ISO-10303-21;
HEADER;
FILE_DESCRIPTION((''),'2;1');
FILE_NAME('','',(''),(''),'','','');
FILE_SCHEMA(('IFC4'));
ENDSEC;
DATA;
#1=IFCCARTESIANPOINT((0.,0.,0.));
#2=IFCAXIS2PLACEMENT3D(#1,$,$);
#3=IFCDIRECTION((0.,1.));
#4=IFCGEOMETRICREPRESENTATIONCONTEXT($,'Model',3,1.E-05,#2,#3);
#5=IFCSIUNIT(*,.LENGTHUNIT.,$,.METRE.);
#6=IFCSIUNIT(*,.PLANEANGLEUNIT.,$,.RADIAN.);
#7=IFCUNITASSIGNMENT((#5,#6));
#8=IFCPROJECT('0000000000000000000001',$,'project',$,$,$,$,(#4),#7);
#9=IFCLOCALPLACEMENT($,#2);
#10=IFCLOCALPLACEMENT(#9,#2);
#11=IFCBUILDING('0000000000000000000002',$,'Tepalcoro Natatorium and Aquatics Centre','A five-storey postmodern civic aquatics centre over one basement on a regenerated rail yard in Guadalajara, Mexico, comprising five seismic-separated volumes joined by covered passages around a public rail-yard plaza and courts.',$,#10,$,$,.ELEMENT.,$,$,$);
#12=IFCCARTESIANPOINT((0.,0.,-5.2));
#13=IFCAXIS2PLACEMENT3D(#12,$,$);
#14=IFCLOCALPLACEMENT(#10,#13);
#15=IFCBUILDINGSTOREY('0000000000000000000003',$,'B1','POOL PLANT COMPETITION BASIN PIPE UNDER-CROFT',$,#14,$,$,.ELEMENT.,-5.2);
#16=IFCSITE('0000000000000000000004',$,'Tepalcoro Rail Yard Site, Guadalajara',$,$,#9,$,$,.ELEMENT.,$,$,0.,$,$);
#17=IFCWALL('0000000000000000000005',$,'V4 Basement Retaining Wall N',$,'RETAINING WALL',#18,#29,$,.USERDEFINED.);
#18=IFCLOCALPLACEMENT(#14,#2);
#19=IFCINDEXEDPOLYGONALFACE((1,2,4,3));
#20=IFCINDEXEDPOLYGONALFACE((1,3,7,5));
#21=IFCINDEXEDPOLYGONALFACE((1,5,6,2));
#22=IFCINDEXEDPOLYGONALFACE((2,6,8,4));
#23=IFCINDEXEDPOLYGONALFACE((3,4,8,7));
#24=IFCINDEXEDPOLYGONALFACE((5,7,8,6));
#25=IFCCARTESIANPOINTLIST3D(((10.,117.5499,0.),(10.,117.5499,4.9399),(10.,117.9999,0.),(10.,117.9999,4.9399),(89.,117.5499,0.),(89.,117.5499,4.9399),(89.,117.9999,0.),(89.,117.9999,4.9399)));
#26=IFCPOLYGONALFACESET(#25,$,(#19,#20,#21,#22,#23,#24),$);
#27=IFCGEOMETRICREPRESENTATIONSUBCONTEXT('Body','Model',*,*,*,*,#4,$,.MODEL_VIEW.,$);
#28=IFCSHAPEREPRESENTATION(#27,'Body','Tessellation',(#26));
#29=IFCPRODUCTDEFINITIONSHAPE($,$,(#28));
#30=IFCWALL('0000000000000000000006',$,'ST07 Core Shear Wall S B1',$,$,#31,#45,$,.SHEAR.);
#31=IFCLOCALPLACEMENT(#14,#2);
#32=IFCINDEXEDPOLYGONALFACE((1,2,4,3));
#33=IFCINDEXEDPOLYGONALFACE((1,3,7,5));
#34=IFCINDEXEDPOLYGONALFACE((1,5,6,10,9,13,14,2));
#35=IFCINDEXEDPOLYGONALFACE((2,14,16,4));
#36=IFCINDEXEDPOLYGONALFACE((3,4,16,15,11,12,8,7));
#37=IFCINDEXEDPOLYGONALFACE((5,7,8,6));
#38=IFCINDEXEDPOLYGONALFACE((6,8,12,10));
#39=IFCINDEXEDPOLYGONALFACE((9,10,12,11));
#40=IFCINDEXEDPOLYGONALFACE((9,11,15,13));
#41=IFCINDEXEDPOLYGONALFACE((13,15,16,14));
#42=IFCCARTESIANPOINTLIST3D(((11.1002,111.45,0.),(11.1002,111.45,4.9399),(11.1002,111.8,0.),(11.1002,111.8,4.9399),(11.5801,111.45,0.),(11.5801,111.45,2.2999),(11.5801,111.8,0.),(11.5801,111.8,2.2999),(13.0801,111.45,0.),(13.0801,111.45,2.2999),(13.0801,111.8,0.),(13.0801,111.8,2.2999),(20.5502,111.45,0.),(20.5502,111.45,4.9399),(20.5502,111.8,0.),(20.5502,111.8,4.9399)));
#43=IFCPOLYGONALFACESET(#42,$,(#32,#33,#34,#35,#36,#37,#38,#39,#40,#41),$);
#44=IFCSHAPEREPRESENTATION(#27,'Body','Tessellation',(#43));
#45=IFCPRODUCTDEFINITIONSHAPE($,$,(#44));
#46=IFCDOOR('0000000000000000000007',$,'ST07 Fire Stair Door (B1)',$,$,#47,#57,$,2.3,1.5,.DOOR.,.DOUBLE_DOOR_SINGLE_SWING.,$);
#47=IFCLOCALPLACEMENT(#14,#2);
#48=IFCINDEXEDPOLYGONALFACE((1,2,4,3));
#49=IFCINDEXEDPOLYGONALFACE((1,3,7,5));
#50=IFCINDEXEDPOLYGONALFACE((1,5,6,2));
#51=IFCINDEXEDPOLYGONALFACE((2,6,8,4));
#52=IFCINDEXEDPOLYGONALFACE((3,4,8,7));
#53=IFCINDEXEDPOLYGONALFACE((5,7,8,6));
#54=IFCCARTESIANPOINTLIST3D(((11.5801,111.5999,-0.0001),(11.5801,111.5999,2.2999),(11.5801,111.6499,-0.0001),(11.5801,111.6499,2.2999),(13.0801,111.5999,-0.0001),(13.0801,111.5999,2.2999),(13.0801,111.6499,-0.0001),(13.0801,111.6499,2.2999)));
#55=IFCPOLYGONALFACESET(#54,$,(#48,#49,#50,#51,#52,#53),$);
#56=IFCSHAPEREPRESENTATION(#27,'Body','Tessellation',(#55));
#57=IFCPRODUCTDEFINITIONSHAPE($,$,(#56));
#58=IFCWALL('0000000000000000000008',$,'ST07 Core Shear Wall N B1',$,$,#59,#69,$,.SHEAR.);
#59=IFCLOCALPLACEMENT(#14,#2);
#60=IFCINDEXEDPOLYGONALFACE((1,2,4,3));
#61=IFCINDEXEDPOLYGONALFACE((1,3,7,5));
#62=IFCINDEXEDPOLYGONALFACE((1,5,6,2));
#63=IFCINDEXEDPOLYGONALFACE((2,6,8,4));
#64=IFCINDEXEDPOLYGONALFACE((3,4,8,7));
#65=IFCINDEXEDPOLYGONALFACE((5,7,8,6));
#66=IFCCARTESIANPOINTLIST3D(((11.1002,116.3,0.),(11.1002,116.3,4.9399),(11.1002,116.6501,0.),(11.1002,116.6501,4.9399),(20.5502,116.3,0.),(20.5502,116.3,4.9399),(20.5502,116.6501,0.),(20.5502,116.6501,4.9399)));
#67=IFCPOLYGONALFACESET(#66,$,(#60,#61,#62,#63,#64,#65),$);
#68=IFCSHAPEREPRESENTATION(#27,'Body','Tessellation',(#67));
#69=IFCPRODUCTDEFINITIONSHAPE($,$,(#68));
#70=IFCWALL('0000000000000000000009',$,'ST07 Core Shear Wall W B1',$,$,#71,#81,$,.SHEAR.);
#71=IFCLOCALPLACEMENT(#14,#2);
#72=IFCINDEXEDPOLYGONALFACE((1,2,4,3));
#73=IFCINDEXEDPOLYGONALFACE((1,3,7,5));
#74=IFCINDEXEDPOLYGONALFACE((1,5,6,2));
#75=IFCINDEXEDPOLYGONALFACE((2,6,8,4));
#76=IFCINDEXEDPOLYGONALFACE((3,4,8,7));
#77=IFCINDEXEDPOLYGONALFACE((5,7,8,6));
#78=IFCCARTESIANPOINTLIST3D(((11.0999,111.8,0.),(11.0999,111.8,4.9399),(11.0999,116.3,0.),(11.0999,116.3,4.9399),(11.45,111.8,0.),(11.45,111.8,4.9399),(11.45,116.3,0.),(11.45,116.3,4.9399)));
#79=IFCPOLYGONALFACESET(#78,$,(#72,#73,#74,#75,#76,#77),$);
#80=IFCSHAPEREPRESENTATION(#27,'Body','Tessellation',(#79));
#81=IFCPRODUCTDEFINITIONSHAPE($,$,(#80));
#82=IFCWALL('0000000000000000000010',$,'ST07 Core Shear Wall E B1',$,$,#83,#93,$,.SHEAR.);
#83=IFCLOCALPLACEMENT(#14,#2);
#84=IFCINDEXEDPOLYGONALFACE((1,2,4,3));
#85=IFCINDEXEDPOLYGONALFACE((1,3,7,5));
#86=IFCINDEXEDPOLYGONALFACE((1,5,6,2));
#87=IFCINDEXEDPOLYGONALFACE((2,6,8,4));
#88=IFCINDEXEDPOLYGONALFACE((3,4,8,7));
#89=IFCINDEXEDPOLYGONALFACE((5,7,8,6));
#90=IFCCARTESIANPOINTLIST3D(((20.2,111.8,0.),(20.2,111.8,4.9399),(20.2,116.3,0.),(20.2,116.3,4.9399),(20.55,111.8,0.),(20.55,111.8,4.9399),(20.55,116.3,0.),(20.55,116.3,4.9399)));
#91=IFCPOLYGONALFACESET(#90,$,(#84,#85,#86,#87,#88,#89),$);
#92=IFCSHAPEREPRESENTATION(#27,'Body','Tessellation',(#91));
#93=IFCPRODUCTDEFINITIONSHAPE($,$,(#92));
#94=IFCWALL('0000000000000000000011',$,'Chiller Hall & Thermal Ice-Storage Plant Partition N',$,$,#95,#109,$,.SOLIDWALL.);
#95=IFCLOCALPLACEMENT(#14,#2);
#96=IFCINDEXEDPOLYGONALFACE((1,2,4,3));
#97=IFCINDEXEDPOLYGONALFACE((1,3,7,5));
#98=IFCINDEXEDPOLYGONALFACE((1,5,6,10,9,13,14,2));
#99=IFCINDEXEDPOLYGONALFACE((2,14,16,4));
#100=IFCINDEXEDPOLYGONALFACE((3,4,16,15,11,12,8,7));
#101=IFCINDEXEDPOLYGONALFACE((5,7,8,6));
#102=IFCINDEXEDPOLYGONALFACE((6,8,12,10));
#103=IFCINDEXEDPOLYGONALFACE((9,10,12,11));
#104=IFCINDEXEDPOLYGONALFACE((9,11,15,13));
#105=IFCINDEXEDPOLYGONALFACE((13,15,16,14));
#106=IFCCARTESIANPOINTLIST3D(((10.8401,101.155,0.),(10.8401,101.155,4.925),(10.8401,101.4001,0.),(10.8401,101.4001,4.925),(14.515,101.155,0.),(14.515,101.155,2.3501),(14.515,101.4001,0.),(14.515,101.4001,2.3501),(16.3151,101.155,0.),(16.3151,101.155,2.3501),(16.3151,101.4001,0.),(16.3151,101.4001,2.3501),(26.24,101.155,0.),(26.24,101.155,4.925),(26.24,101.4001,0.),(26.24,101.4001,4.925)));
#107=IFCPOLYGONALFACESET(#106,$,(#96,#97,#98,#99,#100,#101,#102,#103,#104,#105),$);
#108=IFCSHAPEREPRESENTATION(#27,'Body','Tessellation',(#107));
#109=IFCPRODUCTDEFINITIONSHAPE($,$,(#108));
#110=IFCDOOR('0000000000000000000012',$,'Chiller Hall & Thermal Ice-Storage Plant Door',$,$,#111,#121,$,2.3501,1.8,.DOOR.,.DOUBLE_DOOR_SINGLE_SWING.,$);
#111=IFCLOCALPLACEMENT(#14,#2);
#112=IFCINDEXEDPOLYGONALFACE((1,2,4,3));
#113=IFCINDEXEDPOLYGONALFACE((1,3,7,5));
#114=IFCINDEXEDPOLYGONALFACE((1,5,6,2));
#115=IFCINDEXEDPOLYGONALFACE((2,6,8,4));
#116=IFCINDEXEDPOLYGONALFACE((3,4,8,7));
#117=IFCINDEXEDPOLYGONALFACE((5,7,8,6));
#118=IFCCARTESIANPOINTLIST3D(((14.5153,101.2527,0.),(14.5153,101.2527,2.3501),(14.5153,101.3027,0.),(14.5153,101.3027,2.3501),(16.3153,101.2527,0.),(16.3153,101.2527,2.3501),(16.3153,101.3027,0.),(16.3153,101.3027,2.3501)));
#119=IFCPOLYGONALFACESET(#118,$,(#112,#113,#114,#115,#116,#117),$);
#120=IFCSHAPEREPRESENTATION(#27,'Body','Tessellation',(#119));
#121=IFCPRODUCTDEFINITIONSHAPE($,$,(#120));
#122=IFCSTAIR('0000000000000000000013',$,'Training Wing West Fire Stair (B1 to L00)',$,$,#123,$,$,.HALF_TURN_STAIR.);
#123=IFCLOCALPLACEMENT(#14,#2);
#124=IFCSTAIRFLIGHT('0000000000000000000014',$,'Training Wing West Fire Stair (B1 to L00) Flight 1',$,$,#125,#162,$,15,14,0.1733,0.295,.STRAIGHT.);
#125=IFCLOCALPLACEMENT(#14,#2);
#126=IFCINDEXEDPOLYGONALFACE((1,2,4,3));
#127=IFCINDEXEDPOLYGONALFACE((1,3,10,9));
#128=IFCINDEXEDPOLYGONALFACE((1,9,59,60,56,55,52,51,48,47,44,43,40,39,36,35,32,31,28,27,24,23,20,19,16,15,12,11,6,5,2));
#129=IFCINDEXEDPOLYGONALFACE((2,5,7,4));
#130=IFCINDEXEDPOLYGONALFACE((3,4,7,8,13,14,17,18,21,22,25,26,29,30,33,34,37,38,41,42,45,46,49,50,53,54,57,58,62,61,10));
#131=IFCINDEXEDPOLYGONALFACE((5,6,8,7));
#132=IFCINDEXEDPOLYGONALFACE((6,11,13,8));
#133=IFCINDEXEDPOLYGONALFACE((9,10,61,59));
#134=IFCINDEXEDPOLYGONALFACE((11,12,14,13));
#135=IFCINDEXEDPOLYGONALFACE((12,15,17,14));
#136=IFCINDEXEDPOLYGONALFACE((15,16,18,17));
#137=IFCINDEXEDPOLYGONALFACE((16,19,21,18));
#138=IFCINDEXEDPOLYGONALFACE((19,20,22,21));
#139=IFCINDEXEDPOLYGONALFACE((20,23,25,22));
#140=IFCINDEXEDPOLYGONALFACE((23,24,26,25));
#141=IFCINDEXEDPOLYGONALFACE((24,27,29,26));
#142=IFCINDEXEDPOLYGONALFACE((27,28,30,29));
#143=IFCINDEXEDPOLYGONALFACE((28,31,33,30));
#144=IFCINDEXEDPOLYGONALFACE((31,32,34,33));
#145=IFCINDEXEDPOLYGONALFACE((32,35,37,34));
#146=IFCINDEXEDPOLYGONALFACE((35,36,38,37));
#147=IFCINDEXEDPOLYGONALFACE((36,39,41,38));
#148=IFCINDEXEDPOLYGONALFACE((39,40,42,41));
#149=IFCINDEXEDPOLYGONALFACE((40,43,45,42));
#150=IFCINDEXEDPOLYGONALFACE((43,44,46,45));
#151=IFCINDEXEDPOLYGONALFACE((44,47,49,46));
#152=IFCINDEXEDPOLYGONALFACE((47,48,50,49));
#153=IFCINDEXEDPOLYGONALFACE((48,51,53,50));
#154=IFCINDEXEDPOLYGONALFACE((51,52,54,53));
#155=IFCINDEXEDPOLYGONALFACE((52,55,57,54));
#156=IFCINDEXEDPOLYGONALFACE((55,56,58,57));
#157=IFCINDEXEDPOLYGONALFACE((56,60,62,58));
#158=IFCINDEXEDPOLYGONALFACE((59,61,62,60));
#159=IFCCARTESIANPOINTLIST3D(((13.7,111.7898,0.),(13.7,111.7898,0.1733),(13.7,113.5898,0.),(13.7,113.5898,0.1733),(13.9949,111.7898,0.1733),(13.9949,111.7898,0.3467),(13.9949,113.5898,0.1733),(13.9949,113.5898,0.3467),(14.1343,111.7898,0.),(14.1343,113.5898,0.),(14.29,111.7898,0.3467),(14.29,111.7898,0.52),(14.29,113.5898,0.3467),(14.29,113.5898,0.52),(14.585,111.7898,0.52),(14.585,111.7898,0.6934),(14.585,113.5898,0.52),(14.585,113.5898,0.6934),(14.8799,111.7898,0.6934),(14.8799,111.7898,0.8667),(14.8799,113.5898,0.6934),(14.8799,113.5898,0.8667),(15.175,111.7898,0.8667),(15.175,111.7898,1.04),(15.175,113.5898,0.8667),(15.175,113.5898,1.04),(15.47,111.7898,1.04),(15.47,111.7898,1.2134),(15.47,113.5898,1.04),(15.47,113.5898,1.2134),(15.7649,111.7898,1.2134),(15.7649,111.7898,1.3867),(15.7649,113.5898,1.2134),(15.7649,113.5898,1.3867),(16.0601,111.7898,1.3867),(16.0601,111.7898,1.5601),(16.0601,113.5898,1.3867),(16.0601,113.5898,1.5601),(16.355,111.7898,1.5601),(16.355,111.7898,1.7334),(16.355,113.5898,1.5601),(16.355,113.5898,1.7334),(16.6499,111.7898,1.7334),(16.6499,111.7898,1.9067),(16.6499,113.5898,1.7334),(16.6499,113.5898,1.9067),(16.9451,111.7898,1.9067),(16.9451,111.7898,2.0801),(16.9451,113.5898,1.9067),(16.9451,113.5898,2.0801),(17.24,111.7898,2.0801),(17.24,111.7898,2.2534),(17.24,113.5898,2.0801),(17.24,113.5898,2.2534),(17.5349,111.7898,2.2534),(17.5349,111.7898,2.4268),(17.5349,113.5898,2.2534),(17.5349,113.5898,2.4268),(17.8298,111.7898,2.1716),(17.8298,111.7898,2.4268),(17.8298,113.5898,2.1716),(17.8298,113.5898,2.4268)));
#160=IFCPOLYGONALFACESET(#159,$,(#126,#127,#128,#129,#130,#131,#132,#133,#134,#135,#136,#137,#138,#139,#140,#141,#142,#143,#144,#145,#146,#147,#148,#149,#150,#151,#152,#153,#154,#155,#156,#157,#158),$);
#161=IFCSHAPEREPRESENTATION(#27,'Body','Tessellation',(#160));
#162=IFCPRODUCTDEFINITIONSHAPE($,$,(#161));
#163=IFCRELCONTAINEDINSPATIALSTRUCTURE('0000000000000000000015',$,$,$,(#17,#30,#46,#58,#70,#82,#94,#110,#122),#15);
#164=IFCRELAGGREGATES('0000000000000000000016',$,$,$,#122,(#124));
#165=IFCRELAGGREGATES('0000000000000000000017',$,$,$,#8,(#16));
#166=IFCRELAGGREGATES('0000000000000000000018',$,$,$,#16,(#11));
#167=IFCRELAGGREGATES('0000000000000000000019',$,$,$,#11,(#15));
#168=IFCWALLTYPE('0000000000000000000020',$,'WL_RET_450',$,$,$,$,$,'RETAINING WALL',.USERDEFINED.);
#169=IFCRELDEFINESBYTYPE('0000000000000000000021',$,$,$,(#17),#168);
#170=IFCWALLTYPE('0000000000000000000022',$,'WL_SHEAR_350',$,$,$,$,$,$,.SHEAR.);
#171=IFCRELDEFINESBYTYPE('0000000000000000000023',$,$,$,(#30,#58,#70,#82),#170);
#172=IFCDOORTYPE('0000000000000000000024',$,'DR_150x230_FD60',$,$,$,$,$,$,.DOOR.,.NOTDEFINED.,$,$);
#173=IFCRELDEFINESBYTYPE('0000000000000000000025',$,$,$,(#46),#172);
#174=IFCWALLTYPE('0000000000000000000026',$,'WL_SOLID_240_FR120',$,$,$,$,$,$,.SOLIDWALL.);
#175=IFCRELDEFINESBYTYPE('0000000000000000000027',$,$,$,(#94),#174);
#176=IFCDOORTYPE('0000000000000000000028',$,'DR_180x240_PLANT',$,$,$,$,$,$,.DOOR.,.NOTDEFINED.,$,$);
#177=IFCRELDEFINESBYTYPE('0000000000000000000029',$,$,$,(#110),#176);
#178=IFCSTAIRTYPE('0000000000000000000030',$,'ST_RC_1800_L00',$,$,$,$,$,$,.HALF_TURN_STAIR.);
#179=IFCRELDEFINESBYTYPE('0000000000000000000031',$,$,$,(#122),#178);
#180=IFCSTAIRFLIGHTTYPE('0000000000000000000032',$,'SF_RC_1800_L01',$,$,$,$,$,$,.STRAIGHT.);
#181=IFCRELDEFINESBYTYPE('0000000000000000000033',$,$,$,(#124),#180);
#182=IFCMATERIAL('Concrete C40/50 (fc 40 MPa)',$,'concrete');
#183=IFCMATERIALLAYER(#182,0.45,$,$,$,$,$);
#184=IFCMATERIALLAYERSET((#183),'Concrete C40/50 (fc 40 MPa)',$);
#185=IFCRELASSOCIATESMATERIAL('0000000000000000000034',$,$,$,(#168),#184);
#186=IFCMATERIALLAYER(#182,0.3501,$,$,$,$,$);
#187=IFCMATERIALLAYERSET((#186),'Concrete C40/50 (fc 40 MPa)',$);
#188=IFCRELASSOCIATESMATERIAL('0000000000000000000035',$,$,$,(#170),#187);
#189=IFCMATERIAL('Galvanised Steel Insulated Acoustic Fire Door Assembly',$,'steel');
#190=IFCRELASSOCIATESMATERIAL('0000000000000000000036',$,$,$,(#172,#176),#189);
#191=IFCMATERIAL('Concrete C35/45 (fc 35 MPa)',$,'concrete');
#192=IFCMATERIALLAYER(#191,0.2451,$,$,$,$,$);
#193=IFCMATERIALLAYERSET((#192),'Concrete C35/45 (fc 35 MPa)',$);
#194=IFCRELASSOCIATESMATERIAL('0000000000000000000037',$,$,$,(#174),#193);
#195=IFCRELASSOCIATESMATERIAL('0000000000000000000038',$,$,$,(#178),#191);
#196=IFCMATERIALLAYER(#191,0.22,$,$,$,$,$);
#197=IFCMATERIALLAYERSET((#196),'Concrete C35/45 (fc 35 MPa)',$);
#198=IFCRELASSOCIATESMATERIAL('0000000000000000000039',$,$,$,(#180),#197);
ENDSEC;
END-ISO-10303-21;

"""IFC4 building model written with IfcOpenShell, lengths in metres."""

from ifc_helpers import new_model, si_unit, direction, frame, frame_2d, origin, place, context, subcontext, project, spatial, polyline, rectangle, outline, extrude, material, layer, layer_set, type_object, element, fill, aggregate, save


model = new_model("IFC4")

# Units and contexts
model_context = context("Model", 3, precision=1e-05, world=origin(), true_north=direction((0.0, 1.0)))
body_context = subcontext(model_context, "Body", "Model", "MODEL_VIEW")
ifc_project = project(units=[si_unit("LENGTHUNIT", "METRE"), si_unit("PLANEANGLEUNIT", "RADIAN")], contexts=[model_context])

# Site, building, storey
site_placement = place(None, origin())
site = spatial("IfcSite", under=ifc_project, at=site_placement, Name="Tepalcoro Rail Yard Site, Guadalajara", CompositionType="ELEMENT", RefElevation=0.0)
building_placement = place(site_placement, origin())
building = spatial("IfcBuilding", under=site, at=building_placement, Name="Tepalcoro Natatorium and Aquatics Centre", Description="A five-storey postmodern civic aquatics centre over one basement on a regenerated rail yard in Guadalajara, Mexico, comprising five seismic-separated volumes joined by covered passages around a public rail-yard plaza and courts.", CompositionType="ELEMENT")
storey_placement = place(building_placement, frame((0.0, 0.0, -5.2)))
storey = spatial("IfcBuildingStorey", under=building, at=storey_placement, Name="B1", Description="POOL PLANT COMPETITION BASIN PIPE UNDER-CROFT", CompositionType="ELEMENT", Elevation=-5.2)

# Shared definitions
ifc_material_1 = material(Name="Concrete C40/50 (fc 40 MPa)", Category="concrete")

# Wall
ifc_layer_1 = layer(ifc_material_1, 0.45)
ifc_layer_set_1 = layer_set([ifc_layer_1], Name="Concrete C40/50 (fc 40 MPa)")
wall_type_1 = type_object("IfcWallType", Name="WL_RET_450", ElementType="RETAINING WALL", PredefinedType="USERDEFINED", material=ifc_layer_set_1)
wall_1_placement = place(storey_placement, frame((10.0, 117.7749, 0.0), z_axis=(0.0, 0.0, 1.0), x_axis=(1.0, 0.0, 0.0)))
element("IfcWall", 1, at=wall_1_placement, inside=storey, type_object=wall_type_1, Name="V4 Basement Retaining Wall N", ObjectType="RETAINING WALL", PredefinedType="USERDEFINED", context=body_context, shape_type="SweptSolid", body=[
    extrude(rectangle(XDim=79.0, YDim=0.45, at=frame_2d((39.5, 0.0))), origin(), (0.0, 0.0, 1.0), 4.9399),
])

# Wall, opening, door
ifc_layer_2 = layer(ifc_material_1, 0.3501)
ifc_layer_set_2 = layer_set([ifc_layer_2], Name="Concrete C40/50 (fc 40 MPa)")
wall_type_2 = type_object("IfcWallType", Name="WL_SHEAR_350", PredefinedType="SHEAR", material=ifc_layer_set_2)
wall_2_placement = place(storey_placement, frame((11.1001, 111.625, 0.0), z_axis=(0.0, 0.0, 1.0), x_axis=(1.0, 0.0, 0.0)))
wall_2 = element("IfcWall", 2, at=wall_2_placement, inside=storey, type_object=wall_type_2, Name="ST07 Core Shear Wall S B1", PredefinedType="SHEAR", context=body_context, shape_type="SweptSolid", body=[
    extrude(rectangle(XDim=9.45, YDim=0.3501, at=frame_2d((4.7251, 0.0))), origin(), (0.0, 0.0, 1.0), 4.9399),
])
opening_1_placement = place(wall_2_placement, frame((0.48, 0.0, 0.0)))
opening_1 = element("IfcOpeningElement", 3, at=opening_1_placement, cuts=wall_2, PredefinedType="OPENING", context=body_context, shape_type="SweptSolid", body=[
    extrude(rectangle(XDim=1.5, YDim=2.3, at=frame_2d((0.75, 1.1499))), frame((0.0, 0.187, 0.0), z_axis=(0.0, -1.0, 0.0), x_axis=(1.0, 0.0, 0.0)), (0.0, 0.0, 1.0), 0.374),
])
ifc_material_2 = material(Name="Galvanised Steel Insulated Acoustic Fire Door Assembly", Category="steel")
door_type_1 = type_object("IfcDoorType", Name="DR_150x230_FD60", OperationType="NOTDEFINED", PredefinedType="DOOR", material=ifc_material_2)
door_1_placement = place(opening_1_placement, origin())
door_1 = element("IfcDoor", 4, at=door_1_placement, inside=storey, type_object=door_type_1, Name="ST07 Fire Stair Door (B1)", OperationType="DOUBLE_DOOR_SINGLE_SWING", OverallHeight=2.3, OverallWidth=1.5, PredefinedType="DOOR", context=body_context, shape_type="SweptSolid", body=[
    extrude(rectangle(XDim=1.5, YDim=2.3, at=frame_2d((0.75, 1.1499))), frame((0.0, 0.0249, 0.0), z_axis=(0.0, -1.0, 0.0), x_axis=(1.0, 0.0, 0.0)), (0.0, 0.0, 1.0), 0.05),
])
fill(opening_1, door_1)

# Walls
wall_3_placement = place(storey_placement, frame((11.1001, 116.4751, 0.0), z_axis=(0.0, 0.0, 1.0), x_axis=(1.0, 0.0, 0.0)))
element("IfcWall", 5, at=wall_3_placement, inside=storey, type_object=wall_type_2, Name="ST07 Core Shear Wall N B1", PredefinedType="SHEAR", context=body_context, shape_type="SweptSolid", body=[
    extrude(rectangle(XDim=9.45, YDim=0.3501, at=frame_2d((4.7251, 0.0))), origin(), (0.0, 0.0, 1.0), 4.9399),
])
for number, where, z_axis, x_axis, name in (
    (6, (11.2749, 111.8, 0.0), (0.0, 0.0, 1.0), (0.0, 1.0, 0.0), "ST07 Core Shear Wall W B1"),
    (7, (20.375, 111.8, 0.0), (0.0, 0.0, 1.0), (0.0, 1.0, 0.0), "ST07 Core Shear Wall E B1"),
):
    element("IfcWall", number, at=place(storey_placement, frame(where, z_axis=z_axis, x_axis=x_axis)), inside=storey, type_object=wall_type_2, Name=name, PredefinedType="SHEAR", context=body_context, shape_type="SweptSolid", body=[
        extrude(rectangle(XDim=4.5, YDim=0.3501, at=frame_2d((2.25, 0.0))), origin(), (0.0, 0.0, 1.0), 4.9399),
    ])

# Wall, opening, door
ifc_material_3 = material(Name="Concrete C35/45 (fc 35 MPa)", Category="concrete")
ifc_layer_3 = layer(ifc_material_3, 0.2451)
ifc_layer_set_3 = layer_set([ifc_layer_3], Name="Concrete C35/45 (fc 35 MPa)")
wall_type_3 = type_object("IfcWallType", Name="WL_SOLID_240_FR120", PredefinedType="SOLIDWALL", material=ifc_layer_set_3)
wall_4_placement = place(storey_placement, frame((10.8401, 101.2776, 0.0), z_axis=(0.0, 0.0, 1.0), x_axis=(1.0, 0.0, 0.0)))
wall_4 = element("IfcWall", 8, at=wall_4_placement, inside=storey, type_object=wall_type_3, Name="Chiller Hall & Thermal Ice-Storage Plant Partition N", PredefinedType="SOLIDWALL", context=body_context, shape_type="SweptSolid", body=[
    extrude(rectangle(XDim=15.3999, YDim=0.2451, at=frame_2d((7.7, 0.0))), origin(), (0.0, 0.0, 1.0), 4.925),
])
opening_2_placement = place(wall_4_placement, frame((3.675, 0.0, 0.0)))
opening_2 = element("IfcOpeningElement", 9, at=opening_2_placement, cuts=wall_4, PredefinedType="OPENING", context=body_context, shape_type="SweptSolid", body=[
    extrude(rectangle(XDim=1.8, YDim=2.3501, at=frame_2d((0.8999, 1.175))), frame((0.0, 0.1345, 0.0), z_axis=(0.0, -1.0, 0.0), x_axis=(1.0, 0.0, 0.0)), (0.0, 0.0, 1.0), 0.269),
])
door_type_2 = type_object("IfcDoorType", Name="DR_180x240_PLANT", OperationType="NOTDEFINED", PredefinedType="DOOR", material=ifc_material_2)
door_2_placement = place(opening_2_placement, frame((1.8, 0.0, 0.0), z_axis=(0.0, 0.0, 1.0), x_axis=(-1.0, 0.0, 0.0)))
door_2 = element("IfcDoor", 10, at=door_2_placement, inside=storey, type_object=door_type_2, Name="Chiller Hall & Thermal Ice-Storage Plant Door", OperationType="DOUBLE_DOOR_SINGLE_SWING", OverallHeight=2.3501, OverallWidth=1.8, PredefinedType="DOOR", context=body_context, shape_type="SweptSolid", body=[
    extrude(rectangle(XDim=1.8, YDim=2.3501, at=frame_2d((0.8999, 1.175))), frame((0.0, 0.0249, 0.0), z_axis=(0.0, -1.0, 0.0), x_axis=(1.0, 0.0, 0.0)), (0.0, 0.0, 1.0), 0.05),
])
fill(opening_2, door_2)

# Stair, stair flight
stair_type = type_object("IfcStairType", Name="ST_RC_1800_L00", PredefinedType="HALF_TURN_STAIR", material=ifc_material_3)
stair_placement = place(storey_placement, origin())
stair = element("IfcStair", 11, at=stair_placement, inside=storey, type_object=stair_type, Name="Training Wing West Fire Stair (B1 to L00)", PredefinedType="HALF_TURN_STAIR")
ifc_layer_4 = layer(ifc_material_3, 0.22)
ifc_layer_set_4 = layer_set([ifc_layer_4], Name="Concrete C35/45 (fc 35 MPa)")
stair_flight_type = type_object("IfcStairFlightType", Name="SF_RC_1800_L01", PredefinedType="STRAIGHT", material=ifc_layer_set_4)
stair_flight_1_placement = place(storey_placement, frame((13.7, 112.6899, 0.0), z_axis=(0.0, 0.0, 1.0), x_axis=(1.0, 0.0, 0.0)))
stair_flight_1 = element("IfcStairFlight", 12, at=stair_flight_1_placement, type_object=stair_flight_type, Name="Training Wing West Fire Stair (B1 to L00) Flight 1", NumberOfRisers=15, NumberOfTreads=14, PredefinedType="STRAIGHT", RiserHeight=0.1733, TreadLength=0.295, context=body_context, shape_type="SweptSolid", body=[
    extrude(outline(polyline([(0.0, 0.0), (0.0, 0.1733), (0.2949, 0.1733), (0.2949, 0.3467), (0.5901, 0.3467), (0.5901, 0.52), (0.885, 0.52), (0.885, 0.6934), (1.1799, 0.6934), (1.1799, 0.8667), (1.4751, 0.8667), (1.4751, 1.04), (1.77, 1.04), (1.77, 1.2134), (2.0649, 1.2134), (2.0649, 1.3867), (2.3601, 1.3867), (2.3601, 1.5601), (2.655, 1.5601), (2.655, 1.7334), (2.95, 1.7334), (2.95, 1.9067), (3.2451, 1.9067), (3.2451, 2.0801), (3.54, 2.0801), (3.54, 2.2534), (3.835, 2.2534), (3.835, 2.4268), (4.1299, 2.4268), (4.1299, 2.6001), (4.1299, 2.1716), (0.4343, 0.0), (0.0, 0.0)])), frame((0.0, 0.8999, 0.0), z_axis=(0.0, -1.0, 0.0), x_axis=(1.0, 0.0, 0.0)), (0.0, 0.0, 1.0), 1.8),
])
aggregate(stair, [stair_flight_1])

save(model, "model.ifc")
